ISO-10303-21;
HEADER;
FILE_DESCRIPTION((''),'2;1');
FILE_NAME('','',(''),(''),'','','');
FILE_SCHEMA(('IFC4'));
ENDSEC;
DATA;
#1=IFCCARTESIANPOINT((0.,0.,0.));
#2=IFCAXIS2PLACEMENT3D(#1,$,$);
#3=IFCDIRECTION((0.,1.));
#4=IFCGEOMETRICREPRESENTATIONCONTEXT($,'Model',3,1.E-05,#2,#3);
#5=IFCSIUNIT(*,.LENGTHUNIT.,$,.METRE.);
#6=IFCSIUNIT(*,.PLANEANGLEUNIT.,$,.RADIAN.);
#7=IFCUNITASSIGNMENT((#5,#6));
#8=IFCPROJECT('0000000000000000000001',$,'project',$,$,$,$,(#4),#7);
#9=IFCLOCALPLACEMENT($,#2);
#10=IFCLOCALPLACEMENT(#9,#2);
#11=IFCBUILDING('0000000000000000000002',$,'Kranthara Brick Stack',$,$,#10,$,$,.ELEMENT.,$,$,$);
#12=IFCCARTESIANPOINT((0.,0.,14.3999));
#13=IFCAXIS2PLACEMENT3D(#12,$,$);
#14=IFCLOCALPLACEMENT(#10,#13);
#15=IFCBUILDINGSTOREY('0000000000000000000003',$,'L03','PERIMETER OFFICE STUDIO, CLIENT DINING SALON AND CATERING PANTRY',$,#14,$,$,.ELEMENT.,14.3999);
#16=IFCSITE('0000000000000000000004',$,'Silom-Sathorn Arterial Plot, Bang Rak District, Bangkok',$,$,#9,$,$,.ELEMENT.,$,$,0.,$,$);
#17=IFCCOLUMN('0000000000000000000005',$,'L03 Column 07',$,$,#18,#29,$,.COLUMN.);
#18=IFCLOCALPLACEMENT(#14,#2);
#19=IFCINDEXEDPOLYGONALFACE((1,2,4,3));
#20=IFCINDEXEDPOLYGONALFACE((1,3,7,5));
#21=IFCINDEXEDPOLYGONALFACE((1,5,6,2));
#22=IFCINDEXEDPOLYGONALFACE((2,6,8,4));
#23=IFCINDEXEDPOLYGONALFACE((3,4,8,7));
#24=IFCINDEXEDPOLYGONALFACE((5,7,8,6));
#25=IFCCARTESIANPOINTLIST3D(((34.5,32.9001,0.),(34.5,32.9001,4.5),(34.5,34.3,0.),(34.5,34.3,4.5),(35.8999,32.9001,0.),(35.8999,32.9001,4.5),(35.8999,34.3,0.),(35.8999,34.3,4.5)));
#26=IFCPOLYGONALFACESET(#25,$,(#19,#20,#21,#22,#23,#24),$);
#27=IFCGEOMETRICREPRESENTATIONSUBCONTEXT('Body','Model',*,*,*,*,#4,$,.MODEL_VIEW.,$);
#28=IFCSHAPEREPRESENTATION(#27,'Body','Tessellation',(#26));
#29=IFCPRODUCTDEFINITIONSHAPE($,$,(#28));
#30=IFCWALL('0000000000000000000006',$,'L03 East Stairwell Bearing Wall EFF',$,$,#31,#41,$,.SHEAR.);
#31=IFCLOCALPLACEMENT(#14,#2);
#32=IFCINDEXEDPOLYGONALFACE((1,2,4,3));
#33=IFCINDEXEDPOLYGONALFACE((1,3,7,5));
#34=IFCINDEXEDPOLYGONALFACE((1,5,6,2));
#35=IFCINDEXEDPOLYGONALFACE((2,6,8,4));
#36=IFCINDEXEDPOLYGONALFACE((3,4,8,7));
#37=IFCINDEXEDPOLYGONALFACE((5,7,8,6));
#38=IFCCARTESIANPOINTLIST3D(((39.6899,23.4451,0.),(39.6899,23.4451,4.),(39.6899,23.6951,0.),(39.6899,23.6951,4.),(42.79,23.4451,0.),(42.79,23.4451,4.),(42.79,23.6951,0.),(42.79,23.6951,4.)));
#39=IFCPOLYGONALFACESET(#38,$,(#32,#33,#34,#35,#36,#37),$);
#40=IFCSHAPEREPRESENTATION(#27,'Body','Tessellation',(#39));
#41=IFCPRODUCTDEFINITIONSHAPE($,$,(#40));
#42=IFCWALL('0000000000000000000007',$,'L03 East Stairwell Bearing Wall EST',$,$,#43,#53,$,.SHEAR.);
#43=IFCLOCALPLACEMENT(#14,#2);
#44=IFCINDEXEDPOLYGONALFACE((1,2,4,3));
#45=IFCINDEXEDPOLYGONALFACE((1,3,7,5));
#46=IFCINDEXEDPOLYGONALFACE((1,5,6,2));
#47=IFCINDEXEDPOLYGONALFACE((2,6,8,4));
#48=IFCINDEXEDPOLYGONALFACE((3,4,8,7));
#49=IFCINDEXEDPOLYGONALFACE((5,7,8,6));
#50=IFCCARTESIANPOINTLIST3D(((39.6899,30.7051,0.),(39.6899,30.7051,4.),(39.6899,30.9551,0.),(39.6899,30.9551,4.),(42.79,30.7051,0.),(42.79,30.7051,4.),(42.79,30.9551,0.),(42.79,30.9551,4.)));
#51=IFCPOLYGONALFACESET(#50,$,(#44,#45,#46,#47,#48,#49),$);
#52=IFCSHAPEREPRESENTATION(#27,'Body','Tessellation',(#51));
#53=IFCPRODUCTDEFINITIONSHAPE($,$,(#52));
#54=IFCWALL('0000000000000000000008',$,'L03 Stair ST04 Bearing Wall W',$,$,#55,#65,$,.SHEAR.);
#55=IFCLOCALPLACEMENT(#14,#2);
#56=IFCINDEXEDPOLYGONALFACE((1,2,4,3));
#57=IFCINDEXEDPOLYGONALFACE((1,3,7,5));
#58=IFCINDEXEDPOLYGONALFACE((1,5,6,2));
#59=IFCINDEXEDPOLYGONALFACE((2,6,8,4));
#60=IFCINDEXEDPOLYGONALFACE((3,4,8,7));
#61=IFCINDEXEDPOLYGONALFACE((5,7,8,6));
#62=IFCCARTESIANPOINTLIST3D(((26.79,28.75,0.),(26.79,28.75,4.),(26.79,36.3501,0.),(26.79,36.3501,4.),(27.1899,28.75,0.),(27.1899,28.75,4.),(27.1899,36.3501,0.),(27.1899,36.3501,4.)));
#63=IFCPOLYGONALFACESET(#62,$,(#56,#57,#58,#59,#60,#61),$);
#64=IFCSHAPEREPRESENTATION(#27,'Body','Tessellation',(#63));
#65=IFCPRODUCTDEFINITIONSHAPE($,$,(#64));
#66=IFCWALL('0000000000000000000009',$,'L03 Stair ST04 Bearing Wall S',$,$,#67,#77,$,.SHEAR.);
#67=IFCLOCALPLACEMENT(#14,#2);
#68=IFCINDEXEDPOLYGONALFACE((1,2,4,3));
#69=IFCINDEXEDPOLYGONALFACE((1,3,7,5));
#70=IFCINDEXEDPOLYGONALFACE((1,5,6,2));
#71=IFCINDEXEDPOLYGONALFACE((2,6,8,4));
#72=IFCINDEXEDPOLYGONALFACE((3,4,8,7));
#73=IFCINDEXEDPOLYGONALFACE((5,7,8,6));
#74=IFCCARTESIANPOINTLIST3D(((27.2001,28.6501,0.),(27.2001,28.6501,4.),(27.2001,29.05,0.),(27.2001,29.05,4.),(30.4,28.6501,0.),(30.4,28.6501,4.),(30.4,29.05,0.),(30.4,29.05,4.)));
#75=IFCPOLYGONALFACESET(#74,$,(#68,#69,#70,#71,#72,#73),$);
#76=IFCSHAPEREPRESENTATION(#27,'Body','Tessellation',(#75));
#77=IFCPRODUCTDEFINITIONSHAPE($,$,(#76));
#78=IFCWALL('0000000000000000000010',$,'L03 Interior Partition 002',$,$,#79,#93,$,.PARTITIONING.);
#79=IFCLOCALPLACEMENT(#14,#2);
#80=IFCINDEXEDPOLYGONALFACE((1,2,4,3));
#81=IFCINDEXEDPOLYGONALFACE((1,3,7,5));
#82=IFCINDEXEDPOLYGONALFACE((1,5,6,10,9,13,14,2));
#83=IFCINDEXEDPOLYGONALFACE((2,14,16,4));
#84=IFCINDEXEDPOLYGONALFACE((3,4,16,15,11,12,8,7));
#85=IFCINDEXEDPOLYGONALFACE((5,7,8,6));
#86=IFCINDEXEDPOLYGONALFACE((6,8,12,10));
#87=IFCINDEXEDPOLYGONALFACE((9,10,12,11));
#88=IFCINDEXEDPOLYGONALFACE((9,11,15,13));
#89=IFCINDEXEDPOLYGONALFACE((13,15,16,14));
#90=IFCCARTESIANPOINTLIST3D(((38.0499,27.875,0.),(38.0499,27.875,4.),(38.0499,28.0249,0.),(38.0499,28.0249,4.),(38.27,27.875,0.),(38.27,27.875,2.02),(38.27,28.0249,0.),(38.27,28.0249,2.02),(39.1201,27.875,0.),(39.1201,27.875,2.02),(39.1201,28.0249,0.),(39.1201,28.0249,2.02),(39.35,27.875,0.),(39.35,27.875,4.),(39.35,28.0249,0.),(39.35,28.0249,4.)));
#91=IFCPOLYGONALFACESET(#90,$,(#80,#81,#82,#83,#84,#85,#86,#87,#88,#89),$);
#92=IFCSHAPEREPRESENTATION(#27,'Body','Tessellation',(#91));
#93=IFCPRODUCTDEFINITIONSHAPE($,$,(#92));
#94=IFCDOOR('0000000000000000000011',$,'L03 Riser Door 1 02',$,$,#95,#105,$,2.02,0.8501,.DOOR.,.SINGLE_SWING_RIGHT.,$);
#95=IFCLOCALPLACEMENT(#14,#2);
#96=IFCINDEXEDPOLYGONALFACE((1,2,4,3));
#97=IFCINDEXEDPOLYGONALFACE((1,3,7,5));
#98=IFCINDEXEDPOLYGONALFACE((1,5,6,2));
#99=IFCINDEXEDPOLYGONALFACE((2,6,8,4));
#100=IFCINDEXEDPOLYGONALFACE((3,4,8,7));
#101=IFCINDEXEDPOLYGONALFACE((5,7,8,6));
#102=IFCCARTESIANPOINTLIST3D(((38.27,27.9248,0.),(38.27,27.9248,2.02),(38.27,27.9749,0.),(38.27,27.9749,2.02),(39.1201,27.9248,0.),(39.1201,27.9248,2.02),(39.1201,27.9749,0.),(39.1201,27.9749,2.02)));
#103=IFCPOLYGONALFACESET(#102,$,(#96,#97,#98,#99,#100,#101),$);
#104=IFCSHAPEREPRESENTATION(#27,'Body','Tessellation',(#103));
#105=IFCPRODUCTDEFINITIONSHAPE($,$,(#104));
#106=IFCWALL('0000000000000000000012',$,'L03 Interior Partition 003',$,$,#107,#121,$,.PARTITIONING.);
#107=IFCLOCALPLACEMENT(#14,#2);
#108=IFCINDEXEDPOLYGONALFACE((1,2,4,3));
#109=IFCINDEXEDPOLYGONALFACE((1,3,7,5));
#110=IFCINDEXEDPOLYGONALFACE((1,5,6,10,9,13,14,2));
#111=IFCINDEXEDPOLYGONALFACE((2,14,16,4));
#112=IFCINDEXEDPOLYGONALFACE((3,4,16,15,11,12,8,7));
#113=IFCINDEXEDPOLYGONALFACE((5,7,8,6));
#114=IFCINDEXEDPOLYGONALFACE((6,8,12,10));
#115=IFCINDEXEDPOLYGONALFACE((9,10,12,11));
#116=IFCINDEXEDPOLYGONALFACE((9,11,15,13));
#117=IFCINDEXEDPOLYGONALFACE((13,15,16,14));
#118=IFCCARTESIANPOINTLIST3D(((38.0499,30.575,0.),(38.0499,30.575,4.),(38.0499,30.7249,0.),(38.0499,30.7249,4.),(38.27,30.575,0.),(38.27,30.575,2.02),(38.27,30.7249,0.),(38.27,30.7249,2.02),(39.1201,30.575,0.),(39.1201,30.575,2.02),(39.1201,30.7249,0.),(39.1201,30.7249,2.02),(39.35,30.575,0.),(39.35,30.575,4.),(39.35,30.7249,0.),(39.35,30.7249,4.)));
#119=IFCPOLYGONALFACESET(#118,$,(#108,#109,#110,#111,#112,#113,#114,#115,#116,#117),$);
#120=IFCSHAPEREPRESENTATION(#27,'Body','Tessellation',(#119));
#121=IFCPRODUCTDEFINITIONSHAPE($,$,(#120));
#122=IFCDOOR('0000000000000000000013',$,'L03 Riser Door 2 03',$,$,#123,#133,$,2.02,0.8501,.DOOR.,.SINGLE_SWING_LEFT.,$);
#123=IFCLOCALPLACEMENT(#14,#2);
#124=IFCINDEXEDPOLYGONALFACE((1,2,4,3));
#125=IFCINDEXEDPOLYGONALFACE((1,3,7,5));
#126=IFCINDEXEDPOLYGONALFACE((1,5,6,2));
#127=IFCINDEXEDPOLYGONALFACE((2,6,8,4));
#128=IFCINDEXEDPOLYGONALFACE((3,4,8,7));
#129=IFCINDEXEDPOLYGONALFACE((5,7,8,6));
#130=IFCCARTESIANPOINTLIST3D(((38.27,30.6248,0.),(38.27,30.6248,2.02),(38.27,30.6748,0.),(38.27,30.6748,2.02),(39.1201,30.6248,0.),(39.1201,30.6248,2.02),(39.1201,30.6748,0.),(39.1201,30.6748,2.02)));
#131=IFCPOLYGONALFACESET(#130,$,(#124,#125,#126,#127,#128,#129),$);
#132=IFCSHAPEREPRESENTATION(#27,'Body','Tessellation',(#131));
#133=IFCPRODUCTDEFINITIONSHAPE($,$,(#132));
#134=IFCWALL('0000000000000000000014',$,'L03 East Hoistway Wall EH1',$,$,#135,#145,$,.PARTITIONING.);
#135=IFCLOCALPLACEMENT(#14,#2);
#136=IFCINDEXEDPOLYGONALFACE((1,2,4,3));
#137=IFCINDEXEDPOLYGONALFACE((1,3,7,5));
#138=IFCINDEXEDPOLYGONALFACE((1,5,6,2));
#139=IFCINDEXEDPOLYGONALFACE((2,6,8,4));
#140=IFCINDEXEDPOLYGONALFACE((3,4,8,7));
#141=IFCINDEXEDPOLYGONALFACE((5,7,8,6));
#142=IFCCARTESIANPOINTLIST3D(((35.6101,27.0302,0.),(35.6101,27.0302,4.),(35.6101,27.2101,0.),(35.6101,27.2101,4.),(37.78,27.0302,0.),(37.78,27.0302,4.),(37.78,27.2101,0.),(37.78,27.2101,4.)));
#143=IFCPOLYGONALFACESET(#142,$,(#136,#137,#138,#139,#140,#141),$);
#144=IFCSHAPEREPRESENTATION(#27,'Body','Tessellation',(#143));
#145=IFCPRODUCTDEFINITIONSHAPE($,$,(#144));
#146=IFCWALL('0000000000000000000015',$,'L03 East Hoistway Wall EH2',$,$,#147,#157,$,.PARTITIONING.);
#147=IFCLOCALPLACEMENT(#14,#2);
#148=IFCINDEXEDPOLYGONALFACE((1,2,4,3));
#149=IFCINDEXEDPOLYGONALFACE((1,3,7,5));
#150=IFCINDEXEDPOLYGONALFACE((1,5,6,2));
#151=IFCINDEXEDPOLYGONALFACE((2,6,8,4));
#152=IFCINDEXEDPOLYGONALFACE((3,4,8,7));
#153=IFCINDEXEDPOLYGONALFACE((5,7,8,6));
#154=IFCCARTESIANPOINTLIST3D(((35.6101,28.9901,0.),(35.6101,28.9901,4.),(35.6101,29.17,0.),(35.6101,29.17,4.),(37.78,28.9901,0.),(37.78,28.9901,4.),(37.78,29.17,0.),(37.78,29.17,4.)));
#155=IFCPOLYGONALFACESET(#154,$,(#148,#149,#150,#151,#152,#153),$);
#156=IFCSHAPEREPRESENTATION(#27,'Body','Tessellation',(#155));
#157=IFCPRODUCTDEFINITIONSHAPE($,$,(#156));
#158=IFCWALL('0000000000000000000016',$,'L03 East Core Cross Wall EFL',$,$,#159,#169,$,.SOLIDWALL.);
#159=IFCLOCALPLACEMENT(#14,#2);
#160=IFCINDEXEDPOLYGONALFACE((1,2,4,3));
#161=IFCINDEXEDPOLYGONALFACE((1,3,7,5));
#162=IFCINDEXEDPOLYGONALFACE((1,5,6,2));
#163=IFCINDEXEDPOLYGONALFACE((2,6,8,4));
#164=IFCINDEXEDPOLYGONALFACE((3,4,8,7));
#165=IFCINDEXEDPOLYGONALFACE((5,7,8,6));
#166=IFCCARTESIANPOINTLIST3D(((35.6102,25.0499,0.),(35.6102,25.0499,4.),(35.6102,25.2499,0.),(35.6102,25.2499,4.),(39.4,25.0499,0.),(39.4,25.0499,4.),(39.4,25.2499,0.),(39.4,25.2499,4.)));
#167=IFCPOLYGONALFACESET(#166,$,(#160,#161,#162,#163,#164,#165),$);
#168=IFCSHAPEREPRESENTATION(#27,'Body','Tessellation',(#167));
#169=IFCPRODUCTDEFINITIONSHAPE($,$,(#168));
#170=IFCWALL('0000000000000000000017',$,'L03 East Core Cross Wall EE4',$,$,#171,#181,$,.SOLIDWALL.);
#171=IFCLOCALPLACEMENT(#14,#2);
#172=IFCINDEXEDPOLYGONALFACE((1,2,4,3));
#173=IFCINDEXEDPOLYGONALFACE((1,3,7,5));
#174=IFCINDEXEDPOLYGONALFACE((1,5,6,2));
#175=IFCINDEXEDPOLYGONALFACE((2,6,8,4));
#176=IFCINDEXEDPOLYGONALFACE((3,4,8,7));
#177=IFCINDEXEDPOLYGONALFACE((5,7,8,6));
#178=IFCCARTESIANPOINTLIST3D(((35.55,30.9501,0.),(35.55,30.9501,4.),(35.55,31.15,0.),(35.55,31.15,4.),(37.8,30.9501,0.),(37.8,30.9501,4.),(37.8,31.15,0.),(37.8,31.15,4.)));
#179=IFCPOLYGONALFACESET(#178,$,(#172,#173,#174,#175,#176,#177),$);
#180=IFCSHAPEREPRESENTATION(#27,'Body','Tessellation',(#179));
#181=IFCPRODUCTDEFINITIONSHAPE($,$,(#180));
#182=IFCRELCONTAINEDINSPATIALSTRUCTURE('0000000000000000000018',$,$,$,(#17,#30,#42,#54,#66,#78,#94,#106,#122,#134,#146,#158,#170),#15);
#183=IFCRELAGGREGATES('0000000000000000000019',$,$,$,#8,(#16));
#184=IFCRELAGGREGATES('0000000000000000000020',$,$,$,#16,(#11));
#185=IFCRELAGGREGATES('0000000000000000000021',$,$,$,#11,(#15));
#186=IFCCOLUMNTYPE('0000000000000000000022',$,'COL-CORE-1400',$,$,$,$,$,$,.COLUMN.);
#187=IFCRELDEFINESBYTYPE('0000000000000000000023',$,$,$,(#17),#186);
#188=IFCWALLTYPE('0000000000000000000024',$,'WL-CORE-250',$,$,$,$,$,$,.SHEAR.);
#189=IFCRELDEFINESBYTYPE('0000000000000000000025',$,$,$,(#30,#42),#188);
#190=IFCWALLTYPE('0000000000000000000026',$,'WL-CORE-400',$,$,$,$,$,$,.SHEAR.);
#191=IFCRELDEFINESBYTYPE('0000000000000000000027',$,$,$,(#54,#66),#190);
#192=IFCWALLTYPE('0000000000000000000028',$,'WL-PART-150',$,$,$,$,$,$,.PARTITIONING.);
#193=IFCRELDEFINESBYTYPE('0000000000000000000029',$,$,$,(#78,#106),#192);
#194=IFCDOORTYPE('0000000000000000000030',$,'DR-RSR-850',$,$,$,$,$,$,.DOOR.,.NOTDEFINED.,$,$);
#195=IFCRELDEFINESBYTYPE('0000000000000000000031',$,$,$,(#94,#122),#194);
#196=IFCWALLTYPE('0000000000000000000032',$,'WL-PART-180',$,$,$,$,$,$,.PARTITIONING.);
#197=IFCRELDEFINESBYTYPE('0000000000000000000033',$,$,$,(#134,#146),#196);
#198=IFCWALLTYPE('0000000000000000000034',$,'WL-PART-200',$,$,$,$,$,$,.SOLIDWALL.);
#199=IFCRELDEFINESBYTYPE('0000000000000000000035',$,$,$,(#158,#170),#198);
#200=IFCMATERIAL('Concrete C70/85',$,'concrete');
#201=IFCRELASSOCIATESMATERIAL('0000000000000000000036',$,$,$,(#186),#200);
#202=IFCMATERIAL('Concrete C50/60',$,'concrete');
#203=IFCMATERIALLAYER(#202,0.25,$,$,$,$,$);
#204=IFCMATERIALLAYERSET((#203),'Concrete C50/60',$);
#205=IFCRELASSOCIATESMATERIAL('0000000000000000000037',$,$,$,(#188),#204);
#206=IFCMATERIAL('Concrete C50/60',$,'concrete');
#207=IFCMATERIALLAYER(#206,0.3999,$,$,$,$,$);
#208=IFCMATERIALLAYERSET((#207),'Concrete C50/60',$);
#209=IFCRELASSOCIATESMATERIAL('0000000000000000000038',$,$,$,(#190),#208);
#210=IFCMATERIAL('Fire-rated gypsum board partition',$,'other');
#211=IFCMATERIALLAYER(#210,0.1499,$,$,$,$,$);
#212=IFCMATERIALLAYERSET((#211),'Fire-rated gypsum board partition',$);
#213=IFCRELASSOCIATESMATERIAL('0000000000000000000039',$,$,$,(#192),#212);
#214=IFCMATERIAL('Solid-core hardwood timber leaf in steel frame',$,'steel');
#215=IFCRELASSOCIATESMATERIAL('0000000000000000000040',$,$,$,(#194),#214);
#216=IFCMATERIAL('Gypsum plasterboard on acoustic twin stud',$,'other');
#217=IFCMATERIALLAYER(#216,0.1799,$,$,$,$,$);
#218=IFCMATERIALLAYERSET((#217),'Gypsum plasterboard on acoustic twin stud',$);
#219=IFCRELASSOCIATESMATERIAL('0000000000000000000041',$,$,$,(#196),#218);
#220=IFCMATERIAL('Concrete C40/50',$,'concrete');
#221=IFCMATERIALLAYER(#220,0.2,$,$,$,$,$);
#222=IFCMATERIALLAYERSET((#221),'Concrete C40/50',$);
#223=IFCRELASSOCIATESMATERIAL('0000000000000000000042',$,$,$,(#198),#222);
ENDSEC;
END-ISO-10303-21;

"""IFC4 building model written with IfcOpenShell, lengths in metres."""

from ifc_helpers import new_model, si_unit, direction, frame, frame_2d, origin, origin_2d, place, context, subcontext, project, spatial, rectangle, extrude, material, layer, layer_set, material_profile, profile_set, type_object, element, fill, save


model = new_model("IFC4")

# Units and contexts
model_context = context("Model", 3, precision=1e-05, world=origin(), true_north=direction((0.0, 1.0)))
body_context = subcontext(model_context, "Body", "Model", "MODEL_VIEW")
ifc_project = project(units=[si_unit("LENGTHUNIT", "METRE"), si_unit("PLANEANGLEUNIT", "RADIAN")], contexts=[model_context])

# Site, building, storey
site_placement = place(None, origin())
site = spatial("IfcSite", under=ifc_project, at=site_placement, Name="Silom-Sathorn Arterial Plot, Bang Rak District, Bangkok", CompositionType="ELEMENT", RefElevation=0.0)
building_placement = place(site_placement, origin())
building = spatial("IfcBuilding", under=site, at=building_placement, Name="Kranthara Brick Stack", CompositionType="ELEMENT")
storey_placement = place(building_placement, frame((0.0, 0.0, 14.3999)))
storey = spatial("IfcBuildingStorey", under=building, at=storey_placement, Name="L03", Description="PERIMETER OFFICE STUDIO, CLIENT DINING SALON AND CATERING PANTRY", CompositionType="ELEMENT", Elevation=14.3999)

# Column
ifc_material_1 = material(Name="Concrete C70/85", Category="concrete")
ifc_material_profile = material_profile(ifc_material_1, rectangle(XDim=1.3999, YDim=1.3999, at=origin_2d()), Name="RC 1400x1400")
ifc_profile_set = profile_set([ifc_material_profile], Name="Concrete C70/85")
column_type = type_object("IfcColumnType", Name="COL-CORE-1400", PredefinedType="COLUMN", material=ifc_profile_set)
column_placement = place(storey_placement, frame((35.2, 33.6001, 0.0), z_axis=(0.0, 0.0, 1.0), x_axis=(1.0, 0.0, 0.0)))
element("IfcColumn", 1, at=column_placement, inside=storey, type_object=column_type, Name="L03 Column 07", PredefinedType="COLUMN", context=body_context, shape_type="SweptSolid", body=[
    extrude(rectangle(XDim=1.3999, YDim=1.3999, at=origin_2d()), origin(), (0.0, 0.0, 1.0), 4.5),
])

# Shared definitions
ifc_material_2 = material(Name="Concrete C50/60", Category="concrete")
ifc_layer_1 = layer(ifc_material_2, 0.25)
ifc_layer_set_1 = layer_set([ifc_layer_1], Name="Concrete C50/60")
wall_type_1 = type_object("IfcWallType", Name="WL-CORE-250", PredefinedType="SHEAR", material=ifc_layer_set_1)

# Walls
for number, where, z_axis, x_axis, name in (
    (2, (39.6899, 23.5701, 0.0), (0.0, 0.0, 1.0), (1.0, 0.0, 0.0), "L03 East Stairwell Bearing Wall EFF"),
    (3, (39.6899, 30.8301, 0.0), (0.0, 0.0, 1.0), (1.0, 0.0, 0.0), "L03 East Stairwell Bearing Wall EST"),
):
    element("IfcWall", number, at=place(storey_placement, frame(where, z_axis=z_axis, x_axis=x_axis)), inside=storey, type_object=wall_type_1, Name=name, PredefinedType="SHEAR", context=body_context, shape_type="SweptSolid", body=[
        extrude(rectangle(XDim=3.1001, YDim=0.25, at=frame_2d((1.55, 0.0))), origin(), (0.0, 0.0, 1.0), 4.0),
    ])
ifc_material_3 = material(Name="Concrete C50/60", Category="concrete")
ifc_layer_2 = layer(ifc_material_3, 0.3999)
ifc_layer_set_2 = layer_set([ifc_layer_2], Name="Concrete C50/60")
wall_type_2 = type_object("IfcWallType", Name="WL-CORE-400", PredefinedType="SHEAR", material=ifc_layer_set_2)
wall_1_placement = place(storey_placement, frame((26.99, 28.75, 0.0), z_axis=(0.0, 0.0, 1.0), x_axis=(0.0, 1.0, 0.0)))
element("IfcWall", 4, at=wall_1_placement, inside=storey, type_object=wall_type_2, Name="L03 Stair ST04 Bearing Wall W", PredefinedType="SHEAR", context=body_context, shape_type="SweptSolid", body=[
    extrude(rectangle(XDim=7.6001, YDim=0.3999, at=frame_2d((3.8, 0.0))), origin(), (0.0, 0.0, 1.0), 4.0),
])

# Wall
wall_2_placement = place(storey_placement, frame((27.2, 28.8501, 0.0), z_axis=(0.0, 0.0, 1.0), x_axis=(1.0, 0.0, 0.0)))
element("IfcWall", 5, at=wall_2_placement, inside=storey, type_object=wall_type_2, Name="L03 Stair ST04 Bearing Wall S", PredefinedType="SHEAR", context=body_context, shape_type="SweptSolid", body=[
    extrude(rectangle(XDim=3.2, YDim=0.3999, at=frame_2d((1.6001, 0.0))), origin(), (0.0, 0.0, 1.0), 4.0),
])

# Walls, openings, doors
ifc_material_4 = material(Name="Fire-rated gypsum board partition", Category="other")
ifc_layer_3 = layer(ifc_material_4, 0.1499)
ifc_layer_set_3 = layer_set([ifc_layer_3], Name="Fire-rated gypsum board partition")
wall_type_3 = type_object("IfcWallType", Name="WL-PART-150", PredefinedType="PARTITIONING", material=ifc_layer_set_3)
wall_3_placement = place(storey_placement, frame((38.05, 27.95, 0.0), z_axis=(0.0, 0.0, 1.0), x_axis=(1.0, 0.0, 0.0)))
wall_3 = element("IfcWall", 6, at=wall_3_placement, inside=storey, type_object=wall_type_3, Name="L03 Interior Partition 002", PredefinedType="PARTITIONING", context=body_context, shape_type="SweptSolid", body=[
    extrude(rectangle(XDim=1.3, YDim=0.1499, at=frame_2d((0.6499, 0.0))), origin(), (0.0, 0.0, 1.0), 4.0),
])
opening_1_placement = place(wall_3_placement, frame((0.22, 0.0, 0.0)))
opening_1 = element("IfcOpeningElement", 7, at=opening_1_placement, cuts=wall_3, PredefinedType="OPENING", context=body_context, shape_type="SweptSolid", body=[
    extrude(rectangle(XDim=0.8501, YDim=2.02, at=frame_2d((0.425, 1.01))), frame((0.0, 0.085, 0.0), z_axis=(0.0, -1.0, 0.0), x_axis=(1.0, 0.0, 0.0)), (0.0, 0.0, 1.0), 0.1699),
])
ifc_material_5 = material(Name="Solid-core hardwood timber leaf in steel frame", Category="steel")
door_type_1 = type_object("IfcDoorType", Name="DR-RSR-850", OperationType="NOTDEFINED", PredefinedType="DOOR", material=ifc_material_5)
door_1_placement = place(opening_1_placement, origin())
door_1 = element("IfcDoor", 8, at=door_1_placement, inside=storey, type_object=door_type_1, Name="L03 Riser Door 1 02", OperationType="SINGLE_SWING_RIGHT", OverallHeight=2.02, OverallWidth=0.8501, PredefinedType="DOOR", context=body_context, shape_type="SweptSolid", body=[
    extrude(rectangle(XDim=0.8501, YDim=2.02, at=frame_2d((0.425, 1.01))), frame((0.0, 0.0249, 0.0), z_axis=(0.0, -1.0, 0.0), x_axis=(1.0, 0.0, 0.0)), (0.0, 0.0, 1.0), 0.05),
])
fill(opening_1, door_1)
wall_4_placement = place(storey_placement, frame((38.05, 30.6499, 0.0), z_axis=(0.0, 0.0, 1.0), x_axis=(1.0, 0.0, 0.0)))
wall_4 = element("IfcWall", 9, at=wall_4_placement, inside=storey, type_object=wall_type_3, Name="L03 Interior Partition 003", PredefinedType="PARTITIONING", context=body_context, shape_type="SweptSolid", body=[
    extrude(rectangle(XDim=1.3, YDim=0.1499, at=frame_2d((0.6499, 0.0))), origin(), (0.0, 0.0, 1.0), 4.0),
])
opening_2_placement = place(wall_4_placement, frame((0.22, 0.0, 0.0)))
opening_2 = element("IfcOpeningElement", 10, at=opening_2_placement, cuts=wall_4, PredefinedType="OPENING", context=body_context, shape_type="SweptSolid", body=[
    extrude(rectangle(XDim=0.8501, YDim=2.02, at=frame_2d((0.425, 1.01))), frame((0.0, 0.085, 0.0), z_axis=(0.0, -1.0, 0.0), x_axis=(1.0, 0.0, 0.0)), (0.0, 0.0, 1.0), 0.1699),
])
door_2_placement = place(opening_2_placement, origin())
door_2 = element("IfcDoor", 11, at=door_2_placement, inside=storey, type_object=door_type_1, Name="L03 Riser Door 2 03", OperationType="SINGLE_SWING_LEFT", OverallHeight=2.02, OverallWidth=0.8501, PredefinedType="DOOR", context=body_context, shape_type="SweptSolid", body=[
    extrude(rectangle(XDim=0.8501, YDim=2.02, at=frame_2d((0.425, 1.01))), frame((0.0, 0.0249, 0.0), z_axis=(0.0, -1.0, 0.0), x_axis=(1.0, 0.0, 0.0)), (0.0, 0.0, 1.0), 0.05),
])
fill(opening_2, door_2)

# Walls
ifc_material_6 = material(Name="Gypsum plasterboard on acoustic twin stud", Category="other")
ifc_layer_4 = layer(ifc_material_6, 0.1799)
ifc_layer_set_4 = layer_set([ifc_layer_4], Name="Gypsum plasterboard on acoustic twin stud")
wall_type_4 = type_object("IfcWallType", Name="WL-PART-180", PredefinedType="PARTITIONING", material=ifc_layer_set_4)
for number, where, z_axis, x_axis, name in (
    (12, (35.6101, 27.1201, 0.0), (0.0, 0.0, 1.0), (1.0, 0.0, 0.0), "L03 East Hoistway Wall EH1"),
    (13, (35.6101, 29.0801, 0.0), (0.0, 0.0, 1.0), (1.0, 0.0, 0.0), "L03 East Hoistway Wall EH2"),
):
    element("IfcWall", number, at=place(storey_placement, frame(where, z_axis=z_axis, x_axis=x_axis)), inside=storey, type_object=wall_type_4, Name=name, PredefinedType="PARTITIONING", context=body_context, shape_type="SweptSolid", body=[
        extrude(rectangle(XDim=2.1699, YDim=0.1799, at=frame_2d((1.085, 0.0))), origin(), (0.0, 0.0, 1.0), 4.0),
    ])
ifc_material_7 = material(Name="Concrete C40/50", Category="concrete")
ifc_layer_5 = layer(ifc_material_7, 0.2)
ifc_layer_set_5 = layer_set([ifc_layer_5], Name="Concrete C40/50")
wall_type_5 = type_object("IfcWallType", Name="WL-PART-200", PredefinedType="SOLIDWALL", material=ifc_layer_set_5)
wall_5_placement = place(storey_placement, frame((35.6101, 25.1499, 0.0), z_axis=(0.0, 0.0, 1.0), x_axis=(1.0, 0.0, 0.0)))
element("IfcWall", 14, at=wall_5_placement, inside=storey, type_object=wall_type_5, Name="L03 East Core Cross Wall EFL", PredefinedType="SOLIDWALL", context=body_context, shape_type="SweptSolid", body=[
    extrude(rectangle(XDim=3.7898, YDim=0.2, at=frame_2d((1.895, 0.0))), origin(), (0.0, 0.0, 1.0), 4.0),
])
wall_6_placement = place(storey_placement, frame((35.55, 31.05, 0.0), z_axis=(0.0, 0.0, 1.0), x_axis=(1.0, 0.0, 0.0)))
element("IfcWall", 15, at=wall_6_placement, inside=storey, type_object=wall_type_5, Name="L03 East Core Cross Wall EE4", PredefinedType="SOLIDWALL", context=body_context, shape_type="SweptSolid", body=[
    extrude(rectangle(XDim=2.25, YDim=0.2, at=frame_2d((1.125, 0.0))), origin(), (0.0, 0.0, 1.0), 4.0),
])

save(model, "model.ifc")
